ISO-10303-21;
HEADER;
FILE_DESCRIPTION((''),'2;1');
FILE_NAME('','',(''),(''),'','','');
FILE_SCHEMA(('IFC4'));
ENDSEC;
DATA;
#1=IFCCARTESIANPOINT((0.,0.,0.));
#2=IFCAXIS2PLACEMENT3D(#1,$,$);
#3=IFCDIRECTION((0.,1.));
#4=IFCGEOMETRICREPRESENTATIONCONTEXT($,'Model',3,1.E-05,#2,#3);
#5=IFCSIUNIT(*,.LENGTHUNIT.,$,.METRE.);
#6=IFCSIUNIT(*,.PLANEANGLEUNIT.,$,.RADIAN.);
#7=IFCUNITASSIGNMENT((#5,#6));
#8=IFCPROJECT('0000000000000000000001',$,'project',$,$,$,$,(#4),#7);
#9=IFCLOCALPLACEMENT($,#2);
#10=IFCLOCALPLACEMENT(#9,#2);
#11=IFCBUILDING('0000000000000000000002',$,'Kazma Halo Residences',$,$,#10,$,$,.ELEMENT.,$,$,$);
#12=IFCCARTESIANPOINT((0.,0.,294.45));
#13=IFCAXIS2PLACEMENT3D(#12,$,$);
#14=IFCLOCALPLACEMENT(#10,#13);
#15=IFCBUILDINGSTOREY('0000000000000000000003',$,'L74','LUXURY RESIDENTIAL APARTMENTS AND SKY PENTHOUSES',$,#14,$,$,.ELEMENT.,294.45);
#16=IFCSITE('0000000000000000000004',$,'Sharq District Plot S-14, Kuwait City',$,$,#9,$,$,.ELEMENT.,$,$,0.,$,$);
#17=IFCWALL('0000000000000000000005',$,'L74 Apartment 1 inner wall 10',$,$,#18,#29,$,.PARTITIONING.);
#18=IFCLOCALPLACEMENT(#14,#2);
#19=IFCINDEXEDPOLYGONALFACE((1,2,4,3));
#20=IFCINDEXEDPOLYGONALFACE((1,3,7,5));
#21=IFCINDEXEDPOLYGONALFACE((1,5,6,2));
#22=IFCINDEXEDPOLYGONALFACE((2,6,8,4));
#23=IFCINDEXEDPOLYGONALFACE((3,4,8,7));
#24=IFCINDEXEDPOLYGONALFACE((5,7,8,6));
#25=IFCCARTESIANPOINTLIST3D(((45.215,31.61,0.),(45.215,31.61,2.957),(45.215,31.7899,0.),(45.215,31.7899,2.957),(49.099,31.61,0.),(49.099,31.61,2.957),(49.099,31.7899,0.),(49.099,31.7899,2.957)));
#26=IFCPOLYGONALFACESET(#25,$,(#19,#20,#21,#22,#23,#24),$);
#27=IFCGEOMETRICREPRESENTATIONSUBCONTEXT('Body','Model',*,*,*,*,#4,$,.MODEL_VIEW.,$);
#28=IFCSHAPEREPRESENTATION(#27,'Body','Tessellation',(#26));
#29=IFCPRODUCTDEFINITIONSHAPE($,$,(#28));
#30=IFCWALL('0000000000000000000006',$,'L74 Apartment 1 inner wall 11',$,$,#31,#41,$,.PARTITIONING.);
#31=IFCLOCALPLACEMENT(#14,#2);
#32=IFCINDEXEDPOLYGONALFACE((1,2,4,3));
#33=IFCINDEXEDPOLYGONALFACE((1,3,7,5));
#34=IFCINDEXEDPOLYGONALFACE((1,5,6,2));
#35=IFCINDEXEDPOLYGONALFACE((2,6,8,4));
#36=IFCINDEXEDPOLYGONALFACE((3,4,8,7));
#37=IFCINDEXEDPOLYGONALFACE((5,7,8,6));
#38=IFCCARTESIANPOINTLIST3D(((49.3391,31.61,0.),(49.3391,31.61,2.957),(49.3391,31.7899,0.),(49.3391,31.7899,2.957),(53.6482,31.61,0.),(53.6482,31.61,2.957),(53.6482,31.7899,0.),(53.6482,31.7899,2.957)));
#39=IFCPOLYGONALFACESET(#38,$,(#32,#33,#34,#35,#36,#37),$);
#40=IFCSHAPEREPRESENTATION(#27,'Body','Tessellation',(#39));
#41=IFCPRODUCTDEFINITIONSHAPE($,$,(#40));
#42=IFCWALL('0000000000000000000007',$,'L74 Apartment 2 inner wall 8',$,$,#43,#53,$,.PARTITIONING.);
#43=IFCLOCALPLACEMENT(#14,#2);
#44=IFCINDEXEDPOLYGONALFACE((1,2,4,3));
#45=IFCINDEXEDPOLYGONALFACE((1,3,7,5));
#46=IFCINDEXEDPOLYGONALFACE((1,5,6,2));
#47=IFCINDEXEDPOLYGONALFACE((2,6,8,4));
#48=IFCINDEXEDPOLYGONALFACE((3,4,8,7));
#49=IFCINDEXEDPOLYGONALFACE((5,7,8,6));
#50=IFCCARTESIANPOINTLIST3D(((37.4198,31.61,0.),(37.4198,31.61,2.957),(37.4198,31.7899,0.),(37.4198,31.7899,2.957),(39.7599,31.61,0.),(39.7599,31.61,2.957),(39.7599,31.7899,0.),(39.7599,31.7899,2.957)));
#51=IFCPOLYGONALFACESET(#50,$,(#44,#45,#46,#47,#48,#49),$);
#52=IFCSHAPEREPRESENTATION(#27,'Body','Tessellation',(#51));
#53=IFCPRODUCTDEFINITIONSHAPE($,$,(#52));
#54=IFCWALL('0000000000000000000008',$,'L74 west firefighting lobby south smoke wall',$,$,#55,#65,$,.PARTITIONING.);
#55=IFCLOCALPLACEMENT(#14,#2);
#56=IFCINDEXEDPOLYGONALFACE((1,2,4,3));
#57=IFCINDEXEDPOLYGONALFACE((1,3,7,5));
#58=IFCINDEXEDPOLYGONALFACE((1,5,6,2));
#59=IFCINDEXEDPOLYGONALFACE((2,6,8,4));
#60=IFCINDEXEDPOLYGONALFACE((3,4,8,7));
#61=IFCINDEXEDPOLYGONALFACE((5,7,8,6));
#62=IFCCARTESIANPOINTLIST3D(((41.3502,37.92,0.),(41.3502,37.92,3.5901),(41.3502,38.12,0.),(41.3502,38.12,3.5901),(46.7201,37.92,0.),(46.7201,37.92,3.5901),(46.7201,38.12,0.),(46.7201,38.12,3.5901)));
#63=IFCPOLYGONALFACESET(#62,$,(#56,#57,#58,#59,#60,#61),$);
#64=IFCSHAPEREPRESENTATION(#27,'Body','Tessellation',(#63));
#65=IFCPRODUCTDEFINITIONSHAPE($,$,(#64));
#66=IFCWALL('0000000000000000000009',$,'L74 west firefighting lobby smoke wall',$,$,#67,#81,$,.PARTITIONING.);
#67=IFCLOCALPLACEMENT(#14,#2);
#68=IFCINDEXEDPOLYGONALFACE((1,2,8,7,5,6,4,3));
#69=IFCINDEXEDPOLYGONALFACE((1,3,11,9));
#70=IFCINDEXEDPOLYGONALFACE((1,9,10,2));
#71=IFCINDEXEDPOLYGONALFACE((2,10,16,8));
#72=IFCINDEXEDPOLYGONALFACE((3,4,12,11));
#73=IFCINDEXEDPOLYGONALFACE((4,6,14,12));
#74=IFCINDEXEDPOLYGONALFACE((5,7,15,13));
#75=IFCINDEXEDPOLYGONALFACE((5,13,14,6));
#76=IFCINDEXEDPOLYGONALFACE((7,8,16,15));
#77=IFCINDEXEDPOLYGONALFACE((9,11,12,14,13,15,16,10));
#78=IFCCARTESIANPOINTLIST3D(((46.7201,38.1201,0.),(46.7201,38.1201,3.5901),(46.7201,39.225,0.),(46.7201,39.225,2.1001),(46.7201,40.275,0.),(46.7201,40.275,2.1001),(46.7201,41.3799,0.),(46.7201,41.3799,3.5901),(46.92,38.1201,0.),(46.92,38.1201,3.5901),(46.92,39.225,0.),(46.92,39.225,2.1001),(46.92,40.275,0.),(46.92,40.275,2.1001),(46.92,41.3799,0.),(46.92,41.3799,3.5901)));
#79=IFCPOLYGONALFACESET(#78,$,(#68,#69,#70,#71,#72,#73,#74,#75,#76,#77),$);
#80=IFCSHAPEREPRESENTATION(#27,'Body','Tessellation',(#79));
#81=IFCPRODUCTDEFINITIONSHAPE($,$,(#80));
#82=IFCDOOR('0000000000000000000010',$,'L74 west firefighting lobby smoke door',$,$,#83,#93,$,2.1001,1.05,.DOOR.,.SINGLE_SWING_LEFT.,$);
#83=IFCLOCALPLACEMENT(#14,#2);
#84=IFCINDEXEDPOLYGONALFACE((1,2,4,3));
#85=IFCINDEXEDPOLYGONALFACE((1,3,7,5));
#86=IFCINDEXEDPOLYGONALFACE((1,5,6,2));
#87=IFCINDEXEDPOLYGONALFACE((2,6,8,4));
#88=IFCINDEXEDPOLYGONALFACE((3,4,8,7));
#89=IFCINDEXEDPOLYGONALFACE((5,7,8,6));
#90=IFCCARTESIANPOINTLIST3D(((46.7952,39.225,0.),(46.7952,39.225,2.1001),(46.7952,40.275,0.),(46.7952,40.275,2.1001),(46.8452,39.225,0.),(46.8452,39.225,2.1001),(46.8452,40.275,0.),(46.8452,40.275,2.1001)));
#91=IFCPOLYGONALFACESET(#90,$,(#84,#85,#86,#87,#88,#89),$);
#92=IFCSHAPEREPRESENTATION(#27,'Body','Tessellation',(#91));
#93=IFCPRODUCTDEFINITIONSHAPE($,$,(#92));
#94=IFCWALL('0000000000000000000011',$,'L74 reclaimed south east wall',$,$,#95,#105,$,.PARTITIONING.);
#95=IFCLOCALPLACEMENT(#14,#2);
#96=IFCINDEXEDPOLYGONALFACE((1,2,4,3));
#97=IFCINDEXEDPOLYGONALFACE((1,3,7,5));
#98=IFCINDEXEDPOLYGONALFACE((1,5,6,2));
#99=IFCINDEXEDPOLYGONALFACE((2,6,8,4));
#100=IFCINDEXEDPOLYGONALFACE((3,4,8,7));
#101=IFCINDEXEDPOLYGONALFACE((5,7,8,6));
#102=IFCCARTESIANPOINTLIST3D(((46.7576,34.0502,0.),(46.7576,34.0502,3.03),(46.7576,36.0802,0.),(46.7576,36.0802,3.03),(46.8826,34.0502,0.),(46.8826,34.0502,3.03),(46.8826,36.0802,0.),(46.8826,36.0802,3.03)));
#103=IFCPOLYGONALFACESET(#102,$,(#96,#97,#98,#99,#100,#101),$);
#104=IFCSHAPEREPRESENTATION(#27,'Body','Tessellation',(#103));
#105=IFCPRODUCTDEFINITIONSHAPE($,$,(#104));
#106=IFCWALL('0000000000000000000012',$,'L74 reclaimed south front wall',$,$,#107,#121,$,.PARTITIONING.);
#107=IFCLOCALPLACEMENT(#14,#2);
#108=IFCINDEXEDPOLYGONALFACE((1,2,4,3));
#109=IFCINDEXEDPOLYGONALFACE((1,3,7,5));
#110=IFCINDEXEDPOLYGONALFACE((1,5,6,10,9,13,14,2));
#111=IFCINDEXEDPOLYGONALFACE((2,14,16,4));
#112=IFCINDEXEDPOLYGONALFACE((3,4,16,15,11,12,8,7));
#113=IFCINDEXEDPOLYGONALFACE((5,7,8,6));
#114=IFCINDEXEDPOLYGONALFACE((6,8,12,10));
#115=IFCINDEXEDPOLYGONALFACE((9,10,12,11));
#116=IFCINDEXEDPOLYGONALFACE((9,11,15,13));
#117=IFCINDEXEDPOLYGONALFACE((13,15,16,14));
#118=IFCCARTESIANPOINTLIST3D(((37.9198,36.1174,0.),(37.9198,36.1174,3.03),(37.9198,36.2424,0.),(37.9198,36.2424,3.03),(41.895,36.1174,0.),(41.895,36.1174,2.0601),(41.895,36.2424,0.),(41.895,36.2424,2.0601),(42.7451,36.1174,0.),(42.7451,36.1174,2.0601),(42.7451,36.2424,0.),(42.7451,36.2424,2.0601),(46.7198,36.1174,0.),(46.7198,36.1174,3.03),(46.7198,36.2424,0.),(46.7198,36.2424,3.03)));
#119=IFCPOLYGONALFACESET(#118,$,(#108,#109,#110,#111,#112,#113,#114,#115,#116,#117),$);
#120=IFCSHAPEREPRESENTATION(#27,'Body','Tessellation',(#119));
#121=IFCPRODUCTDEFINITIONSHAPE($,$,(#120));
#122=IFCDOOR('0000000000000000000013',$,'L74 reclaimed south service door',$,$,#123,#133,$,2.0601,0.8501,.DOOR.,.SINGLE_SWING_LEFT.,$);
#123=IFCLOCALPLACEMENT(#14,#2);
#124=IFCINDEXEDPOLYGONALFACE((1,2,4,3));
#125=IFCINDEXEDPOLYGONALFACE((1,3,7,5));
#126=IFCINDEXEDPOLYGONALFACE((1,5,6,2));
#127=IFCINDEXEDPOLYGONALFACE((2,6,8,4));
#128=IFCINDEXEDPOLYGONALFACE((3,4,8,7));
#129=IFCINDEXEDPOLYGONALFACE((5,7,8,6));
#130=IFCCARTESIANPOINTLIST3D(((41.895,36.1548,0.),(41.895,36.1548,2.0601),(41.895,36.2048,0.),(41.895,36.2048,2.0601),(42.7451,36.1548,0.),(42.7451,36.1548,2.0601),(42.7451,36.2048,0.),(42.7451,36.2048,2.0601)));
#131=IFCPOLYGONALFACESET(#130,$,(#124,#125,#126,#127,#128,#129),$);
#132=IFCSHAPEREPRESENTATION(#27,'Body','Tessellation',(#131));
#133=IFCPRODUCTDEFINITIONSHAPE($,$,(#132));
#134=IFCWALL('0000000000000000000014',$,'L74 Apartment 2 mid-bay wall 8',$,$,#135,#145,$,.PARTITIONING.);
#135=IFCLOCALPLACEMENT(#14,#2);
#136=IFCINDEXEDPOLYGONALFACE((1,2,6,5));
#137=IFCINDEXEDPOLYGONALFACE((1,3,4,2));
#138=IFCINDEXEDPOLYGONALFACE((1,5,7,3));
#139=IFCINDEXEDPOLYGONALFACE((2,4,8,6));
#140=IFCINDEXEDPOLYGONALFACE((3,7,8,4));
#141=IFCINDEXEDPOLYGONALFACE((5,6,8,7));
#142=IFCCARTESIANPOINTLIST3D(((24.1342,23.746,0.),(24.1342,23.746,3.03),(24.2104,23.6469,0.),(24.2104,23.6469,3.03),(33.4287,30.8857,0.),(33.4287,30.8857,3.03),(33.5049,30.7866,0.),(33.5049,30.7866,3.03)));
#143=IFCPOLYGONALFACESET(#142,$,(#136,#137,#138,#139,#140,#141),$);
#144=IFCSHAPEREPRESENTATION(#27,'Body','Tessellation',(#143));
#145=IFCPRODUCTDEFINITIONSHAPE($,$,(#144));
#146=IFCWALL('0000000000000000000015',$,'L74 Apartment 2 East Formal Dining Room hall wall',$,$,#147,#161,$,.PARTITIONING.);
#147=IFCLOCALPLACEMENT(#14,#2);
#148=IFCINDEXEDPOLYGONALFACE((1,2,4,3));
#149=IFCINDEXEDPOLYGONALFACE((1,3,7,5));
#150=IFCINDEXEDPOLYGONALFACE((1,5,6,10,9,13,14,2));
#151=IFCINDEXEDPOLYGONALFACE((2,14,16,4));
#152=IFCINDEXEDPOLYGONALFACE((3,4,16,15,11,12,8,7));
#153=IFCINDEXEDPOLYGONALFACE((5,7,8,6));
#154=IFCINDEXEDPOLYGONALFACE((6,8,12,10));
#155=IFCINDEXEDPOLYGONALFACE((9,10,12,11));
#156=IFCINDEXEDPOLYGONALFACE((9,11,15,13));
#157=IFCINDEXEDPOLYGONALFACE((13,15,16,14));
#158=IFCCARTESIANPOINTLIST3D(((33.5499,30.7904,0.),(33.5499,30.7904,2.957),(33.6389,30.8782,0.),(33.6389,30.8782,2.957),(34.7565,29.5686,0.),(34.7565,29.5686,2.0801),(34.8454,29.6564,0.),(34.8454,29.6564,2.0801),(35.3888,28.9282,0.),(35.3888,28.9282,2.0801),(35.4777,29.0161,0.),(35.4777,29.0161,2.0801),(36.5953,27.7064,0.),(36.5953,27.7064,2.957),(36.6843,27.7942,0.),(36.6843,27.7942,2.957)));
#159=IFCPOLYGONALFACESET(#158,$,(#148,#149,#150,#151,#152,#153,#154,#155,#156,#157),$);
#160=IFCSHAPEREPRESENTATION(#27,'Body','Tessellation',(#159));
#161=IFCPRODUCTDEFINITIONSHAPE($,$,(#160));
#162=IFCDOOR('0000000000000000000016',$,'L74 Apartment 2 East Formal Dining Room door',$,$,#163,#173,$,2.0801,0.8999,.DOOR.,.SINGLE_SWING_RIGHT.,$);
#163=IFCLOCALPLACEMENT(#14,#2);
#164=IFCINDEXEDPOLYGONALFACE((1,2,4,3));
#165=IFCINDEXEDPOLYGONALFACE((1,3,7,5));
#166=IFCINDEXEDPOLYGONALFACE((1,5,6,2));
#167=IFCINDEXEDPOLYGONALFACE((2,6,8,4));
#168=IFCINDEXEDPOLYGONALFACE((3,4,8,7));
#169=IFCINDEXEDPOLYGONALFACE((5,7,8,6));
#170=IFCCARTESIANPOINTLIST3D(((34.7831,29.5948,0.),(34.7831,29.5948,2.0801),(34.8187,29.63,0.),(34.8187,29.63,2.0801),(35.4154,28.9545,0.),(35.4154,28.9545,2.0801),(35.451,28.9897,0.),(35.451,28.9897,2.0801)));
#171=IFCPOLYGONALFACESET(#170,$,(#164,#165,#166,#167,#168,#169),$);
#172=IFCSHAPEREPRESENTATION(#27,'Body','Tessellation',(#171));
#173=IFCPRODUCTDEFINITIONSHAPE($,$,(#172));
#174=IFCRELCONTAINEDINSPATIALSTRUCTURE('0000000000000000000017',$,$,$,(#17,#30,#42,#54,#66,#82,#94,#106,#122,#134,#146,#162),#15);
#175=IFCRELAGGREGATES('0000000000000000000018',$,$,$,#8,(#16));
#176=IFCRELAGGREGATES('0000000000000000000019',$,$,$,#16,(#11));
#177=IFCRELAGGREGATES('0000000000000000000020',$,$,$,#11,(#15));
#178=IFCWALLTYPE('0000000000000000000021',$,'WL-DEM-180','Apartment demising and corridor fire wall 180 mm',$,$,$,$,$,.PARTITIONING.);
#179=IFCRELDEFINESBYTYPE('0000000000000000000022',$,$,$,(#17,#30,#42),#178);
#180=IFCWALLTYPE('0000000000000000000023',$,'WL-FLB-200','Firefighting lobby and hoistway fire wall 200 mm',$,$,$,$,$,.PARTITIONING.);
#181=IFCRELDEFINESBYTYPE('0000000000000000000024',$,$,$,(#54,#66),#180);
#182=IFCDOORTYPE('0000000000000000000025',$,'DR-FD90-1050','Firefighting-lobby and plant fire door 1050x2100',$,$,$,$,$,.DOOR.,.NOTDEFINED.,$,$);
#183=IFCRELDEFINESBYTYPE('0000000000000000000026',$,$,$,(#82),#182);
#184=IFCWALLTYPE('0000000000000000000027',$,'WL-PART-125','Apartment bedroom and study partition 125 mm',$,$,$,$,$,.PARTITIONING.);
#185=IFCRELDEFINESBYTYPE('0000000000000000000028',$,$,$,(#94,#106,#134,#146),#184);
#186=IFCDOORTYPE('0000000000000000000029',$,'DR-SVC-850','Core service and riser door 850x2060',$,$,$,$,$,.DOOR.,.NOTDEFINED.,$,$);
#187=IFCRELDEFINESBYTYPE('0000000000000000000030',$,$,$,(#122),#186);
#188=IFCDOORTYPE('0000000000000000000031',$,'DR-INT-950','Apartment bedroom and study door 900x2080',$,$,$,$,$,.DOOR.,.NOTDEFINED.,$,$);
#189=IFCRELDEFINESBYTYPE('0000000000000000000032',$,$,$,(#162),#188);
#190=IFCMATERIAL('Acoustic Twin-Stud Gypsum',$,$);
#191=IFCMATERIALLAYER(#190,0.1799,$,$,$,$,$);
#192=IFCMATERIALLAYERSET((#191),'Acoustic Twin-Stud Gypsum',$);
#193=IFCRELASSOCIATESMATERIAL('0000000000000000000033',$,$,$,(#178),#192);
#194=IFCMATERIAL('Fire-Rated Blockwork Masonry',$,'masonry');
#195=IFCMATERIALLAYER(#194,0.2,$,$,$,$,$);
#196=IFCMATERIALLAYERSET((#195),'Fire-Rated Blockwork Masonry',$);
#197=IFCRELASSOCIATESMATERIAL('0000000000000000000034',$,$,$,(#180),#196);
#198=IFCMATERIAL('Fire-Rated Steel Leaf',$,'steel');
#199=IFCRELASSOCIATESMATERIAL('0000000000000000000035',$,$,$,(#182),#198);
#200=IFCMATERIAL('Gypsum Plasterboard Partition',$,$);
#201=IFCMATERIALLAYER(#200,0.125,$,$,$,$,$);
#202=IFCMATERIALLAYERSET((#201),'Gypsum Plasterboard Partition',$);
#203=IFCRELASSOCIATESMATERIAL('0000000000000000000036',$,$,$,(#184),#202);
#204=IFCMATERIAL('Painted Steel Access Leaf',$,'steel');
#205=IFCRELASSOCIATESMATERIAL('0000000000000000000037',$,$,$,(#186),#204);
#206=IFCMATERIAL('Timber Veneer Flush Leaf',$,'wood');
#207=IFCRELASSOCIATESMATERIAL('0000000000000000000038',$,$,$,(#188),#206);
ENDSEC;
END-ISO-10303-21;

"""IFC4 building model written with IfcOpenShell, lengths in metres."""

from ifc_helpers import new_model, si_unit, direction, frame, frame_2d, origin, place, context, subcontext, project, spatial, rectangle, extrude, material, layer, layer_set, type_object, element, fill, save


model = new_model("IFC4")

# Units and contexts
model_context = context("Model", 3, precision=1e-05, world=origin(), true_north=direction((0.0, 1.0)))
body_context = subcontext(model_context, "Body", "Model", "MODEL_VIEW")
ifc_project = project(units=[si_unit("LENGTHUNIT", "METRE"), si_unit("PLANEANGLEUNIT", "RADIAN")], contexts=[model_context])

# Site, building, storey
site_placement = place(None, origin())
site = spatial("IfcSite", under=ifc_project, at=site_placement, Name="Sharq District Plot S-14, Kuwait City", CompositionType="ELEMENT", RefElevation=0.0)
building_placement = place(site_placement, origin())
building = spatial("IfcBuilding", under=site, at=building_placement, Name="Kazma Halo Residences", CompositionType="ELEMENT")
storey_placement = place(building_placement, frame((0.0, 0.0, 294.45)))
storey = spatial("IfcBuildingStorey", under=building, at=storey_placement, Name="L74", Description="LUXURY RESIDENTIAL APARTMENTS AND SKY PENTHOUSES", CompositionType="ELEMENT", Elevation=294.45)

# Shared definitions
ifc_material_1 = material(Name="Acoustic Twin-Stud Gypsum")
ifc_layer_1 = layer(ifc_material_1, 0.1799)
ifc_layer_set_1 = layer_set([ifc_layer_1], Name="Acoustic Twin-Stud Gypsum")
wall_type_1 = type_object("IfcWallType", Name="WL-DEM-180", Description="Apartment demising and corridor fire wall 180 mm", PredefinedType="PARTITIONING", material=ifc_layer_set_1)

# Walls
wall_1_placement = place(storey_placement, frame((45.2151, 31.7, 0.0), z_axis=(0.0, 0.0, 1.0), x_axis=(1.0, 0.0, 0.0)))
element("IfcWall", 1, at=wall_1_placement, inside=storey, type_object=wall_type_1, Name="L74 Apartment 1 inner wall 10", PredefinedType="PARTITIONING", context=body_context, shape_type="SweptSolid", body=[
    extrude(rectangle(XDim=3.884, YDim=0.1799, at=frame_2d((1.9419, 0.0))), origin(), (0.0, 0.0, 1.0), 2.957),
])
wall_2_placement = place(storey_placement, frame((49.3391, 31.7, 0.0), z_axis=(0.0, 0.0, 1.0), x_axis=(1.0, 0.0, 0.0)))
element("IfcWall", 2, at=wall_2_placement, inside=storey, type_object=wall_type_1, Name="L74 Apartment 1 inner wall 11", PredefinedType="PARTITIONING", context=body_context, shape_type="SweptSolid", body=[
    extrude(rectangle(XDim=4.3091, YDim=0.1799, at=frame_2d((2.1545, 0.0))), origin(), (0.0, 0.0, 1.0), 2.957),
])
wall_3_placement = place(storey_placement, frame((37.4199, 31.7, 0.0), z_axis=(0.0, 0.0, 1.0), x_axis=(1.0, 0.0, 0.0)))
element("IfcWall", 3, at=wall_3_placement, inside=storey, type_object=wall_type_1, Name="L74 Apartment 2 inner wall 8", PredefinedType="PARTITIONING", context=body_context, shape_type="SweptSolid", body=[
    extrude(rectangle(XDim=2.3401, YDim=0.1799, at=frame_2d((1.1699, 0.0))), origin(), (0.0, 0.0, 1.0), 2.957),
])
ifc_material_2 = material(Name="Fire-Rated Blockwork Masonry", Category="masonry")
ifc_layer_2 = layer(ifc_material_2, 0.2)
ifc_layer_set_2 = layer_set([ifc_layer_2], Name="Fire-Rated Blockwork Masonry")
wall_type_2 = type_object("IfcWallType", Name="WL-FLB-200", Description="Firefighting lobby and hoistway fire wall 200 mm", PredefinedType="PARTITIONING", material=ifc_layer_set_2)
wall_4_placement = place(storey_placement, frame((41.3501, 38.02, 0.0), z_axis=(0.0, 0.0, 1.0), x_axis=(1.0, 0.0, 0.0)))
element("IfcWall", 4, at=wall_4_placement, inside=storey, type_object=wall_type_2, Name="L74 west firefighting lobby south smoke wall", PredefinedType="PARTITIONING", context=body_context, shape_type="SweptSolid", body=[
    extrude(rectangle(XDim=5.3699, YDim=0.2, at=frame_2d((2.6851, 0.0))), origin(), (0.0, 0.0, 1.0), 3.5901),
])

# Wall, opening, door
wall_5_placement = place(storey_placement, frame((46.8201, 38.1201, 0.0), z_axis=(0.0, 0.0, 1.0), x_axis=(0.0, 1.0, 0.0)))
wall_5 = element("IfcWall", 5, at=wall_5_placement, inside=storey, type_object=wall_type_2, Name="L74 west firefighting lobby smoke wall", PredefinedType="PARTITIONING", context=body_context, shape_type="SweptSolid", body=[
    extrude(rectangle(XDim=3.2598, YDim=0.2, at=frame_2d((1.6299, 0.0))), origin(), (0.0, 0.0, 1.0), 3.5901),
])
opening_1_placement = place(wall_5_placement, frame((1.105, 0.0, 0.0)))
opening_1 = element("IfcOpeningElement", 6, at=opening_1_placement, cuts=wall_5, PredefinedType="OPENING", context=body_context, shape_type="SweptSolid", body=[
    extrude(rectangle(XDim=1.05, YDim=2.1001, at=frame_2d((0.5249, 1.05))), frame((0.0, 0.1099, 0.0), z_axis=(0.0, -1.0, 0.0), x_axis=(1.0, 0.0, 0.0)), (0.0, 0.0, 1.0), 0.22),
])
ifc_material_3 = material(Name="Fire-Rated Steel Leaf", Category="steel")
door_type_1 = type_object("IfcDoorType", Name="DR-FD90-1050", Description="Firefighting-lobby and plant fire door 1050x2100", OperationType="NOTDEFINED", PredefinedType="DOOR", material=ifc_material_3)
door_1_placement = place(opening_1_placement, origin())
door_1 = element("IfcDoor", 7, at=door_1_placement, inside=storey, type_object=door_type_1, Name="L74 west firefighting lobby smoke door", OperationType="SINGLE_SWING_LEFT", OverallHeight=2.1001, OverallWidth=1.05, PredefinedType="DOOR", context=body_context, shape_type="SweptSolid", body=[
    extrude(rectangle(XDim=1.05, YDim=2.1001, at=frame_2d((0.5249, 1.05))), frame((0.0, 0.0249, 0.0), z_axis=(0.0, -1.0, 0.0), x_axis=(1.0, 0.0, 0.0)), (0.0, 0.0, 1.0), 0.05),
])
fill(opening_1, door_1)

# Wall
ifc_material_4 = material(Name="Gypsum Plasterboard Partition")
ifc_layer_3 = layer(ifc_material_4, 0.125)
ifc_layer_set_3 = layer_set([ifc_layer_3], Name="Gypsum Plasterboard Partition")
wall_type_3 = type_object("IfcWallType", Name="WL-PART-125", Description="Apartment bedroom and study partition 125 mm", PredefinedType="PARTITIONING", material=ifc_layer_set_3)
wall_6_placement = place(storey_placement, frame((46.8201, 34.05, 0.0), z_axis=(0.0, 0.0, 1.0), x_axis=(0.0, 1.0, 0.0)))
element("IfcWall", 8, at=wall_6_placement, inside=storey, type_object=wall_type_3, Name="L74 reclaimed south east wall", PredefinedType="PARTITIONING", context=body_context, shape_type="SweptSolid", body=[
    extrude(rectangle(XDim=2.03, YDim=0.125, at=frame_2d((1.0151, 0.0))), origin(), (0.0, 0.0, 1.0), 3.03),
])

# Wall, opening, door
wall_7_placement = place(storey_placement, frame((37.9199, 36.1799, 0.0), z_axis=(0.0, 0.0, 1.0), x_axis=(1.0, 0.0, 0.0)))
wall_7 = element("IfcWall", 9, at=wall_7_placement, inside=storey, type_object=wall_type_3, Name="L74 reclaimed south front wall", PredefinedType="PARTITIONING", context=body_context, shape_type="SweptSolid", body=[
    extrude(rectangle(XDim=8.8, YDim=0.125, at=frame_2d((4.3999, 0.0))), origin(), (0.0, 0.0, 1.0), 3.03),
])
opening_2_placement = place(wall_7_placement, frame((3.9751, 0.0, 0.0)))
opening_2 = element("IfcOpeningElement", 10, at=opening_2_placement, cuts=wall_7, PredefinedType="OPENING", context=body_context, shape_type="SweptSolid", body=[
    extrude(rectangle(XDim=0.8501, YDim=2.0601, at=frame_2d((0.425, 1.03))), frame((0.0, 0.0725, 0.0), z_axis=(0.0, -1.0, 0.0), x_axis=(1.0, 0.0, 0.0)), (0.0, 0.0, 1.0), 0.145),
])
ifc_material_5 = material(Name="Painted Steel Access Leaf", Category="steel")
door_type_2 = type_object("IfcDoorType", Name="DR-SVC-850", Description="Core service and riser door 850x2060", OperationType="NOTDEFINED", PredefinedType="DOOR", material=ifc_material_5)
door_2_placement = place(opening_2_placement, origin())
door_2 = element("IfcDoor", 11, at=door_2_placement, inside=storey, type_object=door_type_2, Name="L74 reclaimed south service door", OperationType="SINGLE_SWING_LEFT", OverallHeight=2.0601, OverallWidth=0.8501, PredefinedType="DOOR", context=body_context, shape_type="SweptSolid", body=[
    extrude(rectangle(XDim=0.8501, YDim=2.0601, at=frame_2d((0.425, 1.03))), frame((0.0, 0.0249, 0.0), z_axis=(0.0, -1.0, 0.0), x_axis=(1.0, 0.0, 0.0)), (0.0, 0.0, 1.0), 0.05),
])
fill(opening_2, door_2)

# Wall
wall_8_placement = place(storey_placement, frame((33.4668, 30.8362, 0.0), z_axis=(0.0, 0.0, 1.0), x_axis=(-0.793033, -0.609179, 0.0)))
element("IfcWall", 12, at=wall_8_placement, inside=storey, type_object=wall_type_3, Name="L74 Apartment 2 mid-bay wall 8", PredefinedType="PARTITIONING", context=body_context, shape_type="SweptSolid", body=[
    extrude(rectangle(XDim=11.7202, YDim=0.125, at=frame_2d((5.8601, 0.0))), origin(), (0.0, 0.0, 1.0), 3.03),
])

# Wall, opening, door
wall_9_placement = place(storey_placement, frame((33.5945, 30.8342, 0.0), z_axis=(0.0, 0.0, 1.0), x_axis=(0.702643, -0.711543, 0.0)))
wall_9 = element("IfcWall", 13, at=wall_9_placement, inside=storey, type_object=wall_type_3, Name="L74 Apartment 2 East Formal Dining Room hall wall", PredefinedType="PARTITIONING", context=body_context, shape_type="SweptSolid", body=[
    extrude(rectangle(XDim=4.3342, YDim=0.125, at=frame_2d((2.167, 0.0))), origin(), (0.0, 0.0, 1.0), 2.957),
])
opening_3_placement = place(wall_9_placement, frame((1.717, 0.0, 0.0)))
opening_3 = element("IfcOpeningElement", 14, at=opening_3_placement, cuts=wall_9, PredefinedType="OPENING", context=body_context, shape_type="SweptSolid", body=[
    extrude(rectangle(XDim=0.8999, YDim=2.0801, at=frame_2d((0.45, 1.04))), frame((0.0, 0.0725, 0.0), z_axis=(0.0, -1.0, 0.0), x_axis=(1.0, 0.0, 0.0)), (0.0, 0.0, 1.0), 0.145),
])
ifc_material_6 = material(Name="Timber Veneer Flush Leaf", Category="wood")
door_type_3 = type_object("IfcDoorType", Name="DR-INT-950", Description="Apartment bedroom and study door 900x2080", OperationType="NOTDEFINED", PredefinedType="DOOR", material=ifc_material_6)
door_3_placement = place(opening_3_placement, origin())
door_3 = element("IfcDoor", 15, at=door_3_placement, inside=storey, type_object=door_type_3, Name="L74 Apartment 2 East Formal Dining Room door", OperationType="SINGLE_SWING_RIGHT", OverallHeight=2.0801, OverallWidth=0.8999, PredefinedType="DOOR", context=body_context, shape_type="SweptSolid", body=[
    extrude(rectangle(XDim=0.8999, YDim=2.0801, at=frame_2d((0.45, 1.04))), frame((0.0, 0.0249, 0.0), z_axis=(0.0, -1.0, 0.0), x_axis=(1.0, 0.0, 0.0)), (0.0, 0.0, 1.0), 0.05),
])
fill(opening_3, door_3)

save(model, "model.ifc")
